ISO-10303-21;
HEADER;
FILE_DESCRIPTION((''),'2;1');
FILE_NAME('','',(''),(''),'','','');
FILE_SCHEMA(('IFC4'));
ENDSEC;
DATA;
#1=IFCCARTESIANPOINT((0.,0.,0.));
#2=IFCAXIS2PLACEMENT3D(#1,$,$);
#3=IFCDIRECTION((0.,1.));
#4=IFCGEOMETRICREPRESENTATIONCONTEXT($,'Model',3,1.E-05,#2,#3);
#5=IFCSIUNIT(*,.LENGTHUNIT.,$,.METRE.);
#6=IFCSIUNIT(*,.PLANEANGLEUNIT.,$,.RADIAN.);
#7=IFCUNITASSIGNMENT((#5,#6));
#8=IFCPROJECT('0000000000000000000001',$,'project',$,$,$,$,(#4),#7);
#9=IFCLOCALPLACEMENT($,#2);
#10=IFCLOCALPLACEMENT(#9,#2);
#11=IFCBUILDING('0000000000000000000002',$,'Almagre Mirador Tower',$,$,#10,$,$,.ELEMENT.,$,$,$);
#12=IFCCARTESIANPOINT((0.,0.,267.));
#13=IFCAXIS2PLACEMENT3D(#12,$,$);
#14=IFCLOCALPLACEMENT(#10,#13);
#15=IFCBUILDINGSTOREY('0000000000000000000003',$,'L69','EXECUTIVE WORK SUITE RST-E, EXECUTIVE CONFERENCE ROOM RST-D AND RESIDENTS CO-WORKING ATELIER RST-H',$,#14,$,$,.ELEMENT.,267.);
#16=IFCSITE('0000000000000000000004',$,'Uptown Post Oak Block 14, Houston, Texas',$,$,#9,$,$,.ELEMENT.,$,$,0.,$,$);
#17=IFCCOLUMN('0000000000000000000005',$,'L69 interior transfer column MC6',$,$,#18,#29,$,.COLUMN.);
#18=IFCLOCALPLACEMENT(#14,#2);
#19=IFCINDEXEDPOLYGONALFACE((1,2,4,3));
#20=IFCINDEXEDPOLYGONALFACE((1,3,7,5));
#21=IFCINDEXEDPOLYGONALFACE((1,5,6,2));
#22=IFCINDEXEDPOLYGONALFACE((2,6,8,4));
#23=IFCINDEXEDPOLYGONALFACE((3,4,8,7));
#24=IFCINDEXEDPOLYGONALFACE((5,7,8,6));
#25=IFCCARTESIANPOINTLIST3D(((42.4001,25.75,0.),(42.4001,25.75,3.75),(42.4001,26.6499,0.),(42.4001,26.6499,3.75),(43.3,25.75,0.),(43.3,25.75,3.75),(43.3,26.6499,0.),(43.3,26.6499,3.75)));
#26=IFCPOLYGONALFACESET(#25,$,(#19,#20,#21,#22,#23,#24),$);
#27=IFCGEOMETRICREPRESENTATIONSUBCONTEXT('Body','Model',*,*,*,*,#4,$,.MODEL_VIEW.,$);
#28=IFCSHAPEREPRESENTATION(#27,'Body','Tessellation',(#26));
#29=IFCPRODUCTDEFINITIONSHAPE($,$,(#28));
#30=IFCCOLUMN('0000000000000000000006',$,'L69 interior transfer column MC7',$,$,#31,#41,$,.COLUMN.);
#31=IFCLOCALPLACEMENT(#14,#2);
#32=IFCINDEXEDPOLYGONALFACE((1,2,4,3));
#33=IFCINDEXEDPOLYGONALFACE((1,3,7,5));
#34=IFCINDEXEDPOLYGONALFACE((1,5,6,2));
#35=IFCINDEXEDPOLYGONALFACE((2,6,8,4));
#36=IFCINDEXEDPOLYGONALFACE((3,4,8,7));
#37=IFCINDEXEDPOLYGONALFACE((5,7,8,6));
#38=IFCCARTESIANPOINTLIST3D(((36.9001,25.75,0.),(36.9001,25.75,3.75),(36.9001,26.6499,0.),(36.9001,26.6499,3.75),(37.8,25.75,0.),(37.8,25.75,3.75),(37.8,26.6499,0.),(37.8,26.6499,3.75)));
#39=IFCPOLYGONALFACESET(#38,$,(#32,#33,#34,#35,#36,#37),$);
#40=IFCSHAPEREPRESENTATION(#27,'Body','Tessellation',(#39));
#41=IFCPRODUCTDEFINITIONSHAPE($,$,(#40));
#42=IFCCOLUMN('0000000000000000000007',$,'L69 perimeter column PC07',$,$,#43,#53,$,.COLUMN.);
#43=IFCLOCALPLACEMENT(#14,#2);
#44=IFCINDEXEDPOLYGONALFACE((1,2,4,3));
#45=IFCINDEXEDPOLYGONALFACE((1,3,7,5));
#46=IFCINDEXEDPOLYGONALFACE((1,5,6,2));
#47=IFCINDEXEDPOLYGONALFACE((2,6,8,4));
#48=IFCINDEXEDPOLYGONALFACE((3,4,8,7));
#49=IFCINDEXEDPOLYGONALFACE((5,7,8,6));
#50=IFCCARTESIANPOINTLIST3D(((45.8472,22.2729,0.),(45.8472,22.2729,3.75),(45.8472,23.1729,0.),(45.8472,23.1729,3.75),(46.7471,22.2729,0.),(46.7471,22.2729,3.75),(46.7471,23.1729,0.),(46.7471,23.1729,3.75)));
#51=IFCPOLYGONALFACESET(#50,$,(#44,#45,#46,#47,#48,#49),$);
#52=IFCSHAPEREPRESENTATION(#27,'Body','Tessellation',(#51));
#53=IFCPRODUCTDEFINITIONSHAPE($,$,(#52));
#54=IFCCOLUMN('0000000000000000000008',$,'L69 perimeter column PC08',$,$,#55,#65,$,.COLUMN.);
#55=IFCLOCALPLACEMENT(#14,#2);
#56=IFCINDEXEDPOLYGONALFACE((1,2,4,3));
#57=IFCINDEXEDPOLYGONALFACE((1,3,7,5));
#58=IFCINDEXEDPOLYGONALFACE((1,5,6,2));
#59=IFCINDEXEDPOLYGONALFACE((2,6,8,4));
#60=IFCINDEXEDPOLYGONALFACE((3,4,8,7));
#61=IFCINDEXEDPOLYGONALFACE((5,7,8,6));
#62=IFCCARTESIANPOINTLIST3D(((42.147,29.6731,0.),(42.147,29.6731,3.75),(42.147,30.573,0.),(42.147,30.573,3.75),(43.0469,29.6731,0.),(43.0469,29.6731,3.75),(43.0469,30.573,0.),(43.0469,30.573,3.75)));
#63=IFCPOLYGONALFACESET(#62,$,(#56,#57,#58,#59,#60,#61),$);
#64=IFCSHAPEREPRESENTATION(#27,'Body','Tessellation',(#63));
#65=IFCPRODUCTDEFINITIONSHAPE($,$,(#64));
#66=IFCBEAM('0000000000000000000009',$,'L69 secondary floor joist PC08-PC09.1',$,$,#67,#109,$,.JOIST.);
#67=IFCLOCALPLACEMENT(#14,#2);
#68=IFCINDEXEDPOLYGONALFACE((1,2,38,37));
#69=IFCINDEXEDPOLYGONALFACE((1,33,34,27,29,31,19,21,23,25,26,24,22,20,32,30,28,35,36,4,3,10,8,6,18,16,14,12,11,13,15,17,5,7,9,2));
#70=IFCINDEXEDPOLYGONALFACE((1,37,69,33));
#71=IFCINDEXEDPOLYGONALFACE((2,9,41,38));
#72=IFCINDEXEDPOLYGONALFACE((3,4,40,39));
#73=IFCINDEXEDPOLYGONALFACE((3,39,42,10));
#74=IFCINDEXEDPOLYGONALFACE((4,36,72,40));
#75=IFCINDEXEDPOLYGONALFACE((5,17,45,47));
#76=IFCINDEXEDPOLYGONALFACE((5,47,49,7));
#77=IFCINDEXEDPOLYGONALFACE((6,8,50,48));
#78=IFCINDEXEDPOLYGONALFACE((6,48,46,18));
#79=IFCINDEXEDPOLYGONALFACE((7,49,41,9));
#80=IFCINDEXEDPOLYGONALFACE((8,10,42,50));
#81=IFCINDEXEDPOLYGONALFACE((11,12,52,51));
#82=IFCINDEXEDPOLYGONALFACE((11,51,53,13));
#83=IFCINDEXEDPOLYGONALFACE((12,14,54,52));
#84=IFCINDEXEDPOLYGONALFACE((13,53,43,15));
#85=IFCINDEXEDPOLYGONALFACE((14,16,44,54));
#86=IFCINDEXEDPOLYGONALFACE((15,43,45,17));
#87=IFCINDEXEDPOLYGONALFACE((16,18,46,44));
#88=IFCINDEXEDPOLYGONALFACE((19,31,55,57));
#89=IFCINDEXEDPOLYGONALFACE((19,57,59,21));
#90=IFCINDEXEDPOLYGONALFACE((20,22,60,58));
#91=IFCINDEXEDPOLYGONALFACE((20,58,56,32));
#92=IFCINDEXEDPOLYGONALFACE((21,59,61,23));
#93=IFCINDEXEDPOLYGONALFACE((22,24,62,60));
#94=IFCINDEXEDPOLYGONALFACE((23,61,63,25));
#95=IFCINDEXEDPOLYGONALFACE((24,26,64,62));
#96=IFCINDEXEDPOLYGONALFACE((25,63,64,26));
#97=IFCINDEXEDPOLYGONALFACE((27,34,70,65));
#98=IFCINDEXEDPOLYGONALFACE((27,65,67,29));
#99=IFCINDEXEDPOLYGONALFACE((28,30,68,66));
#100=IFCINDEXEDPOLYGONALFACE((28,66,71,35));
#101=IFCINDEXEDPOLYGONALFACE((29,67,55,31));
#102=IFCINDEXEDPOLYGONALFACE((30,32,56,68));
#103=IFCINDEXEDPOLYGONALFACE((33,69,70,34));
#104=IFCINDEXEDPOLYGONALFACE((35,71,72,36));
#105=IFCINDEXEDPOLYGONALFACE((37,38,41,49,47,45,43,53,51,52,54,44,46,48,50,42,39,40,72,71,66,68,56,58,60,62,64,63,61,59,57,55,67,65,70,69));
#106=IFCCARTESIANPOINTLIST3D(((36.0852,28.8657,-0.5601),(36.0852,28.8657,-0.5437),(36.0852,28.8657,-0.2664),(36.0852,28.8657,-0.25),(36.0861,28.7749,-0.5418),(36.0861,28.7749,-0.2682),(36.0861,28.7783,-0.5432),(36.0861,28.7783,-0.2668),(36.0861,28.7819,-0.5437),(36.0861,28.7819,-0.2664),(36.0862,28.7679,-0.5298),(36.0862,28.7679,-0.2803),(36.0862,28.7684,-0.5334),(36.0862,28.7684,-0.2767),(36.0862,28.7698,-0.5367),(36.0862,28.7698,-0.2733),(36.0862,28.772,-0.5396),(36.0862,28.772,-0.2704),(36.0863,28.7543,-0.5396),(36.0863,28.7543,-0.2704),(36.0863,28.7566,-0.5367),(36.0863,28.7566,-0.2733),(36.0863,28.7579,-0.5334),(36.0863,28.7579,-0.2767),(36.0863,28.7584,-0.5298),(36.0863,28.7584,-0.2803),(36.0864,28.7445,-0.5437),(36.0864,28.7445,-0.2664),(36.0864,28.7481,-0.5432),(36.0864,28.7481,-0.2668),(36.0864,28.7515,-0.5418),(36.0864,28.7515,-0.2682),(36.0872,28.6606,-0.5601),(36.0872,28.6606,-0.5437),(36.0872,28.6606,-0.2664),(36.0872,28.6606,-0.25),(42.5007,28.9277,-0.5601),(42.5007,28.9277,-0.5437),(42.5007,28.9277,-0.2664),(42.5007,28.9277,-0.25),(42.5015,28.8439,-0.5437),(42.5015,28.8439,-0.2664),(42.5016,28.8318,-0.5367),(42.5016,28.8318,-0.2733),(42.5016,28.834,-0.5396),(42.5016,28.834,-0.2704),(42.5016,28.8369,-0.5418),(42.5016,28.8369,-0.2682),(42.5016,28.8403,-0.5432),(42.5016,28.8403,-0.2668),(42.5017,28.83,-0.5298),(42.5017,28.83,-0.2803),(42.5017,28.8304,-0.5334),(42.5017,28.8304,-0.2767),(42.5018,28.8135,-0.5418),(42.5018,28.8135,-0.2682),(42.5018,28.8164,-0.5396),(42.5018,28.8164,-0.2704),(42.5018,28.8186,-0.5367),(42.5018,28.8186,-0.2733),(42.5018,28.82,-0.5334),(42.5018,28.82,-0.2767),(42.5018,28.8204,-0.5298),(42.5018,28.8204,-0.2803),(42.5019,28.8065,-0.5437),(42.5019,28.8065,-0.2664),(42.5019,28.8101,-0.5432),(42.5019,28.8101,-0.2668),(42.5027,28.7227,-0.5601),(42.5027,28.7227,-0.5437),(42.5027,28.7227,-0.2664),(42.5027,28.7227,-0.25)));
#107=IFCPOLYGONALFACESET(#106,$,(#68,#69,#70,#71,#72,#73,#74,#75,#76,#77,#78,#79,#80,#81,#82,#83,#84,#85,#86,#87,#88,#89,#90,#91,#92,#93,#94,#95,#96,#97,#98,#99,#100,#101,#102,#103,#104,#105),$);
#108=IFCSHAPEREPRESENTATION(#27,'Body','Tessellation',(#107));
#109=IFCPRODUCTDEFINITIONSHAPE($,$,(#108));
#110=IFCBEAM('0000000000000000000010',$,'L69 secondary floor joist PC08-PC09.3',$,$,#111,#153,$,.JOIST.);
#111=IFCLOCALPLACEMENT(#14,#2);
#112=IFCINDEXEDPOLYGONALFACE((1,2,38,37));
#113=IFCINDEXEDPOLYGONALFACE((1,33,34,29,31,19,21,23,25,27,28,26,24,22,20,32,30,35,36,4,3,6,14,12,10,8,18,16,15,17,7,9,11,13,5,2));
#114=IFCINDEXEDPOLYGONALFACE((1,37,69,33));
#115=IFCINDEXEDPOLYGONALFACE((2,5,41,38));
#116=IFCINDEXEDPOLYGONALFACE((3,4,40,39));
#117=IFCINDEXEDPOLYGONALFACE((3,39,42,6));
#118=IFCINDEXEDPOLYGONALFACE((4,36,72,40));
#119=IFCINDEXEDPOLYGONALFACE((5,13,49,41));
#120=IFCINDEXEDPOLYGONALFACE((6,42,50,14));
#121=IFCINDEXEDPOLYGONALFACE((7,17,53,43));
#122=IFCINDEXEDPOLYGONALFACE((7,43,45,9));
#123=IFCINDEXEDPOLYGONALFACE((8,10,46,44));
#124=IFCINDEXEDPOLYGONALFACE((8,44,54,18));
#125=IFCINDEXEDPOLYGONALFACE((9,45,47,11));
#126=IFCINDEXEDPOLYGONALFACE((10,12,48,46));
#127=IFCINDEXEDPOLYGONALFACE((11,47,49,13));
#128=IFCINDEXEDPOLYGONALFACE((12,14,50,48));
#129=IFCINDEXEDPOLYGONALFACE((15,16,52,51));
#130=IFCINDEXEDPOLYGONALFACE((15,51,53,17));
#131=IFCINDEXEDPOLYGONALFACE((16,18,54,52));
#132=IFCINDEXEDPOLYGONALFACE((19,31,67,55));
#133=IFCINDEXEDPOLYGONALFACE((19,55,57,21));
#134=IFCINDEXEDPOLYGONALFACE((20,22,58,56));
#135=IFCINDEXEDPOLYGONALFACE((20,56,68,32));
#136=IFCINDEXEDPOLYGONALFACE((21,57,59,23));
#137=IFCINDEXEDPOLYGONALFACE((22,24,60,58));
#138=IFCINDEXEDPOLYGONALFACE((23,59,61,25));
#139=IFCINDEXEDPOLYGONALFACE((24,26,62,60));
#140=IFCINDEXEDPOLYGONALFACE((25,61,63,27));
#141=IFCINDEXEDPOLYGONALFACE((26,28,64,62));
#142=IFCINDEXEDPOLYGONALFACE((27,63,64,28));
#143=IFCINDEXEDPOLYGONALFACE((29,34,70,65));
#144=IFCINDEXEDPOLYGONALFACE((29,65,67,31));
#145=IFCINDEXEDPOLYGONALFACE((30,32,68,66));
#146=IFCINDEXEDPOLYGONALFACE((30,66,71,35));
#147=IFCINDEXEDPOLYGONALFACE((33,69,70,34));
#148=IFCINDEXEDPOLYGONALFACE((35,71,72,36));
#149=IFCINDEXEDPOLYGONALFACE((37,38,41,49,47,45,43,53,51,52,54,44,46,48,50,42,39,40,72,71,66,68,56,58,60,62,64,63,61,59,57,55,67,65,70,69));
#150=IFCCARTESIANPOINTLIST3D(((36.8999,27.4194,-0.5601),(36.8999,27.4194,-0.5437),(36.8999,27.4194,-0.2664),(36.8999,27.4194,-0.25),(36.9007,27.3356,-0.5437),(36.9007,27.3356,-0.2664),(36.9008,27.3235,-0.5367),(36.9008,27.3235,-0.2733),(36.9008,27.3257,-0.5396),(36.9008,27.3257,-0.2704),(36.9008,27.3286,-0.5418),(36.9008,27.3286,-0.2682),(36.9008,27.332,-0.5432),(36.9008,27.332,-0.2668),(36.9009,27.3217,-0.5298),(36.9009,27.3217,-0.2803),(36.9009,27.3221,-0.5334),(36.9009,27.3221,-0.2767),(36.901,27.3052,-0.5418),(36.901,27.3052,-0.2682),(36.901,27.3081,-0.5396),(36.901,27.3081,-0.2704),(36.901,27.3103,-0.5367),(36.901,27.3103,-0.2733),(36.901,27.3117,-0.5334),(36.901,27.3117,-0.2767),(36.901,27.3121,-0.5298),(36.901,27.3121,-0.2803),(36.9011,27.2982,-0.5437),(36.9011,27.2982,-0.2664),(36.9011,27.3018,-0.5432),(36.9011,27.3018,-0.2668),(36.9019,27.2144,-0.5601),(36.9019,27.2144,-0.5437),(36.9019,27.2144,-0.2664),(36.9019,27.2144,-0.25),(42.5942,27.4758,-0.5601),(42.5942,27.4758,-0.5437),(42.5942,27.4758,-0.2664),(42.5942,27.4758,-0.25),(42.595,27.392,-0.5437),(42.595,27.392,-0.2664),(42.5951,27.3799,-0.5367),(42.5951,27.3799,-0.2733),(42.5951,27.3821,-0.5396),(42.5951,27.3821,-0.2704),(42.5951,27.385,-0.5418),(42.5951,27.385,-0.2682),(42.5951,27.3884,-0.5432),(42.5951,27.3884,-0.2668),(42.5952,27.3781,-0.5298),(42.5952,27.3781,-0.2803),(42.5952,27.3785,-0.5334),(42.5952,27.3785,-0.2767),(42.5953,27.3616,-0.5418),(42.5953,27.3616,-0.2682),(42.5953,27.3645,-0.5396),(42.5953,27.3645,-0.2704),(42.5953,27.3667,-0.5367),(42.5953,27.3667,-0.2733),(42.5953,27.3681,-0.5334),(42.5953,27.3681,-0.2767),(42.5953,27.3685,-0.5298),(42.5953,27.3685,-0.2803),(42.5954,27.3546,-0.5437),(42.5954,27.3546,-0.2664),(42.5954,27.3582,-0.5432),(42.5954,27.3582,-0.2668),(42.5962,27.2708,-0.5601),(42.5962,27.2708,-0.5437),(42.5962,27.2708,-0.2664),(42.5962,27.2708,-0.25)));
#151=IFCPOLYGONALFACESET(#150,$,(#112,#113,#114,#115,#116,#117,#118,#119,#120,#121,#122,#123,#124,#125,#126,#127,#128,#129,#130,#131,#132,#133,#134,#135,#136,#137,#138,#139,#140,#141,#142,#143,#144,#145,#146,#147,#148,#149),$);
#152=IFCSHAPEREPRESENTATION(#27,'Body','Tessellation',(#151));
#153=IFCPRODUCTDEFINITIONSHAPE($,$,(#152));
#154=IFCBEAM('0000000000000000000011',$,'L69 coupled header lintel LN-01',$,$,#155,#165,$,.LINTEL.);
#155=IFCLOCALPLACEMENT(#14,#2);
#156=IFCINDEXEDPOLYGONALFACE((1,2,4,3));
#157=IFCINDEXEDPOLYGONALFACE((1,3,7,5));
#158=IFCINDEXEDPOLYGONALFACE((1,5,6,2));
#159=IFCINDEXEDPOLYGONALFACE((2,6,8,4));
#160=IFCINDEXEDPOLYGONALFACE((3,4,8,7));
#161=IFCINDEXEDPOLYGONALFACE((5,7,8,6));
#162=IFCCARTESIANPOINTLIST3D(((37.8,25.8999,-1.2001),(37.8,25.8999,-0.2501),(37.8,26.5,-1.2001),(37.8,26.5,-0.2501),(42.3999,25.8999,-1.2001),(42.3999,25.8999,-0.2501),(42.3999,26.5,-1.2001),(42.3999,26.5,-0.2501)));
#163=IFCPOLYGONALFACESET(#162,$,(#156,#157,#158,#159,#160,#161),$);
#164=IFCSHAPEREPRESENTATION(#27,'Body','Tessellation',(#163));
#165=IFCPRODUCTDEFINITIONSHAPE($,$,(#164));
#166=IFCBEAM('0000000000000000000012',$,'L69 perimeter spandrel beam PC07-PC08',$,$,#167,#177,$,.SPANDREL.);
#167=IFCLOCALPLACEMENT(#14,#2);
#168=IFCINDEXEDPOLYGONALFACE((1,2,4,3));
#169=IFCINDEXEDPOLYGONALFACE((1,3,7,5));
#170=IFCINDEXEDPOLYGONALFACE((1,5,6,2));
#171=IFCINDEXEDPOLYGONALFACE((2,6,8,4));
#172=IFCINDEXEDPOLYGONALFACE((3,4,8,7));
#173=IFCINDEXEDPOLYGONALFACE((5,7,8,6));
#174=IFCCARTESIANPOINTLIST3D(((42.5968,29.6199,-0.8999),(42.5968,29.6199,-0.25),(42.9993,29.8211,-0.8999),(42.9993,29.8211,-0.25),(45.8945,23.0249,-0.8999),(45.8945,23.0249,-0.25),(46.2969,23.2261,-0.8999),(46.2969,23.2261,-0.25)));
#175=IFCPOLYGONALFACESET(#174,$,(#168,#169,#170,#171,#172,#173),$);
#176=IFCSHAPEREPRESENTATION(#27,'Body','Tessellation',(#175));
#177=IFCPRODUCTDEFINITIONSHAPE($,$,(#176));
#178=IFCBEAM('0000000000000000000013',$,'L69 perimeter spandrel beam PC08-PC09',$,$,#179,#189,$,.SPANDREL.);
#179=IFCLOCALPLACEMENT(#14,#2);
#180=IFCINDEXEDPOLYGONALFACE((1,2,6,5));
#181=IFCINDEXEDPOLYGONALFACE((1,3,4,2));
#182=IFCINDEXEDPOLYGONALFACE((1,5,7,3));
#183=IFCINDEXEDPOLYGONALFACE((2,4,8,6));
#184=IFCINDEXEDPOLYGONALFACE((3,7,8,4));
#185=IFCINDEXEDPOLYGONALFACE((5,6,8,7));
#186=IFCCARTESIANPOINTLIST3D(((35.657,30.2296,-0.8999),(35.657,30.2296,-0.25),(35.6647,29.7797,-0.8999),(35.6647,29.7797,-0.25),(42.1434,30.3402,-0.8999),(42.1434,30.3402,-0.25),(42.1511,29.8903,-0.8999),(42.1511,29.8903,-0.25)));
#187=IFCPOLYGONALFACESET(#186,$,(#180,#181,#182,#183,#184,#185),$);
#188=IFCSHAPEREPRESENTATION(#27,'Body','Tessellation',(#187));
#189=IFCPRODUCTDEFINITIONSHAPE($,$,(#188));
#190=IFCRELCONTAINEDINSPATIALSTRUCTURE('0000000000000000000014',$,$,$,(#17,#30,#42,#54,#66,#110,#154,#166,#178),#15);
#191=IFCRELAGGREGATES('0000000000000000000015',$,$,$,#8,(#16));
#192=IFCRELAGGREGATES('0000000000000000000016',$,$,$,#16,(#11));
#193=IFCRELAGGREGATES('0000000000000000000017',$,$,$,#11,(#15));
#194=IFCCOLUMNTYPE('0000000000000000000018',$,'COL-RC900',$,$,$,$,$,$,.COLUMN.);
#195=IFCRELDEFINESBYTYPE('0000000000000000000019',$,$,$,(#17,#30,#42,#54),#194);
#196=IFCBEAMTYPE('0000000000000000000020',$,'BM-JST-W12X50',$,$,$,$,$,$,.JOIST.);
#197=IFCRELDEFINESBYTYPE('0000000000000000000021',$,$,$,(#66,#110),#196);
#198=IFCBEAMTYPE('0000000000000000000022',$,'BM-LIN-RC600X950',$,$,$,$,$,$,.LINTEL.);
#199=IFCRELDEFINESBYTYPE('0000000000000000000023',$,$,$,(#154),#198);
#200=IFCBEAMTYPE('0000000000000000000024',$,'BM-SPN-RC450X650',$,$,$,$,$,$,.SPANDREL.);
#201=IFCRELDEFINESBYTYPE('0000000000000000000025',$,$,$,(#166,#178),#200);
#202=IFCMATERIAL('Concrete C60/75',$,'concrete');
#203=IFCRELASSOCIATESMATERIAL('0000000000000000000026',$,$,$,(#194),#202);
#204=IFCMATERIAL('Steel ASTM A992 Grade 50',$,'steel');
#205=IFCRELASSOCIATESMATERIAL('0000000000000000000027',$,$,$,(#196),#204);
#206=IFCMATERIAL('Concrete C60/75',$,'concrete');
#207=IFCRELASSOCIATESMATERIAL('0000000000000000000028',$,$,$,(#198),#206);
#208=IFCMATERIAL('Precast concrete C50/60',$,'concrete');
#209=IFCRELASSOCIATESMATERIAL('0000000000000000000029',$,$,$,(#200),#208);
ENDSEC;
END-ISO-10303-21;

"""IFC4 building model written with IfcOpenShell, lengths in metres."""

from ifc_helpers import new_model, si_unit, direction, frame, origin, origin_2d, place, context, subcontext, project, spatial, rectangle, i_section, extrude, material, material_profile, profile_set, type_object, element, save


model = new_model("IFC4")

# Units and contexts
model_context = context("Model", 3, precision=1e-05, world=origin(), true_north=direction((0.0, 1.0)))
body_context = subcontext(model_context, "Body", "Model", "MODEL_VIEW")
ifc_project = project(units=[si_unit("LENGTHUNIT", "METRE"), si_unit("PLANEANGLEUNIT", "RADIAN")], contexts=[model_context])

# Site, building, storey
site_placement = place(None, origin())
site = spatial("IfcSite", under=ifc_project, at=site_placement, Name="Uptown Post Oak Block 14, Houston, Texas", CompositionType="ELEMENT", RefElevation=0.0)
building_placement = place(site_placement, origin())
building = spatial("IfcBuilding", under=site, at=building_placement, Name="Almagre Mirador Tower", CompositionType="ELEMENT")
storey_placement = place(building_placement, frame((0.0, 0.0, 267.0)))
storey = spatial("IfcBuildingStorey", under=building, at=storey_placement, Name="L69", Description="EXECUTIVE WORK SUITE RST-E, EXECUTIVE CONFERENCE ROOM RST-D AND RESIDENTS CO-WORKING ATELIER RST-H", CompositionType="ELEMENT", Elevation=267.0)

# Columns
ifc_material_1 = material(Name="Concrete C60/75", Category="concrete")
ifc_material_profile_1 = material_profile(ifc_material_1, rectangle(XDim=0.8999, YDim=0.8999, at=origin_2d()), Name="RC900X900")
ifc_profile_set_1 = profile_set([ifc_material_profile_1], Name="Concrete C60/75")
column_type = type_object("IfcColumnType", Name="COL-RC900", PredefinedType="COLUMN", material=ifc_profile_set_1)
for number, where, z_axis, x_axis, name in (
    (1, (42.8501, 26.2, 0.0), (0.0, 0.0, 1.0), (1.0, 0.0, 0.0), "L69 interior transfer column MC6"),
    (2, (37.3501, 26.2, 0.0), (0.0, 0.0, 1.0), (1.0, 0.0, 0.0), "L69 interior transfer column MC7"),
    (3, (46.2971, 22.7229, 0.0), (0.0, 0.0, 1.0), (1.0, 0.0, 0.0), "L69 perimeter column PC07"),
    (4, (42.5969, 30.123, 0.0), (0.0, 0.0, 1.0), (1.0, 0.0, 0.0), "L69 perimeter column PC08"),
):
    element("IfcColumn", number, at=place(storey_placement, frame(where, z_axis=z_axis, x_axis=x_axis)), inside=storey, type_object=column_type, Name=name, PredefinedType="COLUMN", context=body_context, shape_type="SweptSolid", body=[
        extrude(rectangle(XDim=0.8999, YDim=0.8999, at=origin_2d()), origin(), (0.0, 0.0, 1.0), 3.75),
    ])

# Beams
ifc_material_2 = material(Name="Steel ASTM A992 Grade 50", Category="steel")
ifc_material_profile_2 = material_profile(ifc_material_2, i_section(OverallWidth=0.2051, OverallDepth=0.3101, WebThickness=0.0095, FlangeThickness=0.0164, FilletRadius=0.0139, at=origin_2d()), Name="W12X50")
ifc_profile_set_2 = profile_set([ifc_material_profile_2], Name="Steel ASTM A992 Grade 50")
beam_type_1 = type_object("IfcBeamType", Name="BM-JST-W12X50", PredefinedType="JOIST", material=ifc_profile_set_2)
beam_1_placement = place(storey_placement, frame((42.5017, 28.8252, -0.405), z_axis=(-0.999953, -0.009665, 0.0), x_axis=(0.009665, -0.999953, 0.0)))
element("IfcBeam", 5, at=beam_1_placement, inside=storey, type_object=beam_type_1, Name="L69 secondary floor joist PC08-PC09.1", PredefinedType="JOIST", context=body_context, shape_type="SweptSolid", body=[
    extrude(i_section(OverallWidth=0.2051, OverallDepth=0.3101, WebThickness=0.0095, FlangeThickness=0.0164, FilletRadius=0.0139, at=origin_2d()), origin(), (0.0, 0.0, 1.0), 6.4158),
])
beam_2_placement = place(storey_placement, frame((42.5952, 27.3733, -0.405), z_axis=(-0.999951, -0.009903, 0.0), x_axis=(0.009903, -0.999951, 0.0)))
element("IfcBeam", 6, at=beam_2_placement, inside=storey, type_object=beam_type_1, Name="L69 secondary floor joist PC08-PC09.3", PredefinedType="JOIST", context=body_context, shape_type="SweptSolid", body=[
    extrude(i_section(OverallWidth=0.2051, OverallDepth=0.3101, WebThickness=0.0095, FlangeThickness=0.0164, FilletRadius=0.0139, at=origin_2d()), origin(), (0.0, 0.0, 1.0), 5.6946),
])
ifc_material_3 = material(Name="Concrete C60/75", Category="concrete")
ifc_material_profile_3 = material_profile(ifc_material_3, rectangle(XDim=0.6001, YDim=0.95, at=origin_2d()), Name="RC600X950")
ifc_profile_set_3 = profile_set([ifc_material_profile_3], Name="Concrete C60/75")
beam_type_2 = type_object("IfcBeamType", Name="BM-LIN-RC600X950", PredefinedType="LINTEL", material=ifc_profile_set_3)
beam_3_placement = place(storey_placement, frame((37.8, 26.2, -0.7251), z_axis=(1.0, 0.0, 0.0), x_axis=(0.0, 1.0, 0.0)))
element("IfcBeam", 7, at=beam_3_placement, inside=storey, type_object=beam_type_2, Name="L69 coupled header lintel LN-01", PredefinedType="LINTEL", context=body_context, shape_type="SweptSolid", body=[
    extrude(rectangle(XDim=0.6001, YDim=0.95, at=origin_2d()), origin(), (0.0, 0.0, 1.0), 4.5999),
])
ifc_material_4 = material(Name="Precast concrete C50/60", Category="concrete")
ifc_material_profile_4 = material_profile(ifc_material_4, rectangle(XDim=0.45, YDim=0.6499, at=origin_2d()), Name="RC450X650")
ifc_profile_set_4 = profile_set([ifc_material_profile_4], Name="Precast concrete C50/60")
beam_type_3 = type_object("IfcBeamType", Name="BM-SPN-RC450X650", PredefinedType="SPANDREL", material=ifc_profile_set_4)
beam_4_placement = place(storey_placement, frame((46.0957, 23.1255, -0.575), z_axis=(-0.447227, 0.894421, 0.0), x_axis=(-0.894421, -0.447227, 0.0)))
element("IfcBeam", 8, at=beam_4_placement, inside=storey, type_object=beam_type_3, Name="L69 perimeter spandrel beam PC07-PC08", PredefinedType="SPANDREL", context=body_context, shape_type="SweptSolid", body=[
    extrude(rectangle(XDim=0.45, YDim=0.6499, at=origin_2d()), origin(), (0.0, 0.0, 1.0), 7.3735),
])
beam_5_placement = place(storey_placement, frame((42.1472, 30.1152, -0.575), z_axis=(-0.999855, -0.017048, 0.0), x_axis=(0.017048, -0.999855, 0.0)))
element("IfcBeam", 9, at=beam_5_placement, inside=storey, type_object=beam_type_3, Name="L69 perimeter spandrel beam PC08-PC09", PredefinedType="SPANDREL", context=body_context, shape_type="SweptSolid", body=[
    extrude(rectangle(XDim=0.45, YDim=0.6499, at=origin_2d()), origin(), (0.0, 0.0, 1.0), 6.4873),
])

save(model, "model.ifc")
